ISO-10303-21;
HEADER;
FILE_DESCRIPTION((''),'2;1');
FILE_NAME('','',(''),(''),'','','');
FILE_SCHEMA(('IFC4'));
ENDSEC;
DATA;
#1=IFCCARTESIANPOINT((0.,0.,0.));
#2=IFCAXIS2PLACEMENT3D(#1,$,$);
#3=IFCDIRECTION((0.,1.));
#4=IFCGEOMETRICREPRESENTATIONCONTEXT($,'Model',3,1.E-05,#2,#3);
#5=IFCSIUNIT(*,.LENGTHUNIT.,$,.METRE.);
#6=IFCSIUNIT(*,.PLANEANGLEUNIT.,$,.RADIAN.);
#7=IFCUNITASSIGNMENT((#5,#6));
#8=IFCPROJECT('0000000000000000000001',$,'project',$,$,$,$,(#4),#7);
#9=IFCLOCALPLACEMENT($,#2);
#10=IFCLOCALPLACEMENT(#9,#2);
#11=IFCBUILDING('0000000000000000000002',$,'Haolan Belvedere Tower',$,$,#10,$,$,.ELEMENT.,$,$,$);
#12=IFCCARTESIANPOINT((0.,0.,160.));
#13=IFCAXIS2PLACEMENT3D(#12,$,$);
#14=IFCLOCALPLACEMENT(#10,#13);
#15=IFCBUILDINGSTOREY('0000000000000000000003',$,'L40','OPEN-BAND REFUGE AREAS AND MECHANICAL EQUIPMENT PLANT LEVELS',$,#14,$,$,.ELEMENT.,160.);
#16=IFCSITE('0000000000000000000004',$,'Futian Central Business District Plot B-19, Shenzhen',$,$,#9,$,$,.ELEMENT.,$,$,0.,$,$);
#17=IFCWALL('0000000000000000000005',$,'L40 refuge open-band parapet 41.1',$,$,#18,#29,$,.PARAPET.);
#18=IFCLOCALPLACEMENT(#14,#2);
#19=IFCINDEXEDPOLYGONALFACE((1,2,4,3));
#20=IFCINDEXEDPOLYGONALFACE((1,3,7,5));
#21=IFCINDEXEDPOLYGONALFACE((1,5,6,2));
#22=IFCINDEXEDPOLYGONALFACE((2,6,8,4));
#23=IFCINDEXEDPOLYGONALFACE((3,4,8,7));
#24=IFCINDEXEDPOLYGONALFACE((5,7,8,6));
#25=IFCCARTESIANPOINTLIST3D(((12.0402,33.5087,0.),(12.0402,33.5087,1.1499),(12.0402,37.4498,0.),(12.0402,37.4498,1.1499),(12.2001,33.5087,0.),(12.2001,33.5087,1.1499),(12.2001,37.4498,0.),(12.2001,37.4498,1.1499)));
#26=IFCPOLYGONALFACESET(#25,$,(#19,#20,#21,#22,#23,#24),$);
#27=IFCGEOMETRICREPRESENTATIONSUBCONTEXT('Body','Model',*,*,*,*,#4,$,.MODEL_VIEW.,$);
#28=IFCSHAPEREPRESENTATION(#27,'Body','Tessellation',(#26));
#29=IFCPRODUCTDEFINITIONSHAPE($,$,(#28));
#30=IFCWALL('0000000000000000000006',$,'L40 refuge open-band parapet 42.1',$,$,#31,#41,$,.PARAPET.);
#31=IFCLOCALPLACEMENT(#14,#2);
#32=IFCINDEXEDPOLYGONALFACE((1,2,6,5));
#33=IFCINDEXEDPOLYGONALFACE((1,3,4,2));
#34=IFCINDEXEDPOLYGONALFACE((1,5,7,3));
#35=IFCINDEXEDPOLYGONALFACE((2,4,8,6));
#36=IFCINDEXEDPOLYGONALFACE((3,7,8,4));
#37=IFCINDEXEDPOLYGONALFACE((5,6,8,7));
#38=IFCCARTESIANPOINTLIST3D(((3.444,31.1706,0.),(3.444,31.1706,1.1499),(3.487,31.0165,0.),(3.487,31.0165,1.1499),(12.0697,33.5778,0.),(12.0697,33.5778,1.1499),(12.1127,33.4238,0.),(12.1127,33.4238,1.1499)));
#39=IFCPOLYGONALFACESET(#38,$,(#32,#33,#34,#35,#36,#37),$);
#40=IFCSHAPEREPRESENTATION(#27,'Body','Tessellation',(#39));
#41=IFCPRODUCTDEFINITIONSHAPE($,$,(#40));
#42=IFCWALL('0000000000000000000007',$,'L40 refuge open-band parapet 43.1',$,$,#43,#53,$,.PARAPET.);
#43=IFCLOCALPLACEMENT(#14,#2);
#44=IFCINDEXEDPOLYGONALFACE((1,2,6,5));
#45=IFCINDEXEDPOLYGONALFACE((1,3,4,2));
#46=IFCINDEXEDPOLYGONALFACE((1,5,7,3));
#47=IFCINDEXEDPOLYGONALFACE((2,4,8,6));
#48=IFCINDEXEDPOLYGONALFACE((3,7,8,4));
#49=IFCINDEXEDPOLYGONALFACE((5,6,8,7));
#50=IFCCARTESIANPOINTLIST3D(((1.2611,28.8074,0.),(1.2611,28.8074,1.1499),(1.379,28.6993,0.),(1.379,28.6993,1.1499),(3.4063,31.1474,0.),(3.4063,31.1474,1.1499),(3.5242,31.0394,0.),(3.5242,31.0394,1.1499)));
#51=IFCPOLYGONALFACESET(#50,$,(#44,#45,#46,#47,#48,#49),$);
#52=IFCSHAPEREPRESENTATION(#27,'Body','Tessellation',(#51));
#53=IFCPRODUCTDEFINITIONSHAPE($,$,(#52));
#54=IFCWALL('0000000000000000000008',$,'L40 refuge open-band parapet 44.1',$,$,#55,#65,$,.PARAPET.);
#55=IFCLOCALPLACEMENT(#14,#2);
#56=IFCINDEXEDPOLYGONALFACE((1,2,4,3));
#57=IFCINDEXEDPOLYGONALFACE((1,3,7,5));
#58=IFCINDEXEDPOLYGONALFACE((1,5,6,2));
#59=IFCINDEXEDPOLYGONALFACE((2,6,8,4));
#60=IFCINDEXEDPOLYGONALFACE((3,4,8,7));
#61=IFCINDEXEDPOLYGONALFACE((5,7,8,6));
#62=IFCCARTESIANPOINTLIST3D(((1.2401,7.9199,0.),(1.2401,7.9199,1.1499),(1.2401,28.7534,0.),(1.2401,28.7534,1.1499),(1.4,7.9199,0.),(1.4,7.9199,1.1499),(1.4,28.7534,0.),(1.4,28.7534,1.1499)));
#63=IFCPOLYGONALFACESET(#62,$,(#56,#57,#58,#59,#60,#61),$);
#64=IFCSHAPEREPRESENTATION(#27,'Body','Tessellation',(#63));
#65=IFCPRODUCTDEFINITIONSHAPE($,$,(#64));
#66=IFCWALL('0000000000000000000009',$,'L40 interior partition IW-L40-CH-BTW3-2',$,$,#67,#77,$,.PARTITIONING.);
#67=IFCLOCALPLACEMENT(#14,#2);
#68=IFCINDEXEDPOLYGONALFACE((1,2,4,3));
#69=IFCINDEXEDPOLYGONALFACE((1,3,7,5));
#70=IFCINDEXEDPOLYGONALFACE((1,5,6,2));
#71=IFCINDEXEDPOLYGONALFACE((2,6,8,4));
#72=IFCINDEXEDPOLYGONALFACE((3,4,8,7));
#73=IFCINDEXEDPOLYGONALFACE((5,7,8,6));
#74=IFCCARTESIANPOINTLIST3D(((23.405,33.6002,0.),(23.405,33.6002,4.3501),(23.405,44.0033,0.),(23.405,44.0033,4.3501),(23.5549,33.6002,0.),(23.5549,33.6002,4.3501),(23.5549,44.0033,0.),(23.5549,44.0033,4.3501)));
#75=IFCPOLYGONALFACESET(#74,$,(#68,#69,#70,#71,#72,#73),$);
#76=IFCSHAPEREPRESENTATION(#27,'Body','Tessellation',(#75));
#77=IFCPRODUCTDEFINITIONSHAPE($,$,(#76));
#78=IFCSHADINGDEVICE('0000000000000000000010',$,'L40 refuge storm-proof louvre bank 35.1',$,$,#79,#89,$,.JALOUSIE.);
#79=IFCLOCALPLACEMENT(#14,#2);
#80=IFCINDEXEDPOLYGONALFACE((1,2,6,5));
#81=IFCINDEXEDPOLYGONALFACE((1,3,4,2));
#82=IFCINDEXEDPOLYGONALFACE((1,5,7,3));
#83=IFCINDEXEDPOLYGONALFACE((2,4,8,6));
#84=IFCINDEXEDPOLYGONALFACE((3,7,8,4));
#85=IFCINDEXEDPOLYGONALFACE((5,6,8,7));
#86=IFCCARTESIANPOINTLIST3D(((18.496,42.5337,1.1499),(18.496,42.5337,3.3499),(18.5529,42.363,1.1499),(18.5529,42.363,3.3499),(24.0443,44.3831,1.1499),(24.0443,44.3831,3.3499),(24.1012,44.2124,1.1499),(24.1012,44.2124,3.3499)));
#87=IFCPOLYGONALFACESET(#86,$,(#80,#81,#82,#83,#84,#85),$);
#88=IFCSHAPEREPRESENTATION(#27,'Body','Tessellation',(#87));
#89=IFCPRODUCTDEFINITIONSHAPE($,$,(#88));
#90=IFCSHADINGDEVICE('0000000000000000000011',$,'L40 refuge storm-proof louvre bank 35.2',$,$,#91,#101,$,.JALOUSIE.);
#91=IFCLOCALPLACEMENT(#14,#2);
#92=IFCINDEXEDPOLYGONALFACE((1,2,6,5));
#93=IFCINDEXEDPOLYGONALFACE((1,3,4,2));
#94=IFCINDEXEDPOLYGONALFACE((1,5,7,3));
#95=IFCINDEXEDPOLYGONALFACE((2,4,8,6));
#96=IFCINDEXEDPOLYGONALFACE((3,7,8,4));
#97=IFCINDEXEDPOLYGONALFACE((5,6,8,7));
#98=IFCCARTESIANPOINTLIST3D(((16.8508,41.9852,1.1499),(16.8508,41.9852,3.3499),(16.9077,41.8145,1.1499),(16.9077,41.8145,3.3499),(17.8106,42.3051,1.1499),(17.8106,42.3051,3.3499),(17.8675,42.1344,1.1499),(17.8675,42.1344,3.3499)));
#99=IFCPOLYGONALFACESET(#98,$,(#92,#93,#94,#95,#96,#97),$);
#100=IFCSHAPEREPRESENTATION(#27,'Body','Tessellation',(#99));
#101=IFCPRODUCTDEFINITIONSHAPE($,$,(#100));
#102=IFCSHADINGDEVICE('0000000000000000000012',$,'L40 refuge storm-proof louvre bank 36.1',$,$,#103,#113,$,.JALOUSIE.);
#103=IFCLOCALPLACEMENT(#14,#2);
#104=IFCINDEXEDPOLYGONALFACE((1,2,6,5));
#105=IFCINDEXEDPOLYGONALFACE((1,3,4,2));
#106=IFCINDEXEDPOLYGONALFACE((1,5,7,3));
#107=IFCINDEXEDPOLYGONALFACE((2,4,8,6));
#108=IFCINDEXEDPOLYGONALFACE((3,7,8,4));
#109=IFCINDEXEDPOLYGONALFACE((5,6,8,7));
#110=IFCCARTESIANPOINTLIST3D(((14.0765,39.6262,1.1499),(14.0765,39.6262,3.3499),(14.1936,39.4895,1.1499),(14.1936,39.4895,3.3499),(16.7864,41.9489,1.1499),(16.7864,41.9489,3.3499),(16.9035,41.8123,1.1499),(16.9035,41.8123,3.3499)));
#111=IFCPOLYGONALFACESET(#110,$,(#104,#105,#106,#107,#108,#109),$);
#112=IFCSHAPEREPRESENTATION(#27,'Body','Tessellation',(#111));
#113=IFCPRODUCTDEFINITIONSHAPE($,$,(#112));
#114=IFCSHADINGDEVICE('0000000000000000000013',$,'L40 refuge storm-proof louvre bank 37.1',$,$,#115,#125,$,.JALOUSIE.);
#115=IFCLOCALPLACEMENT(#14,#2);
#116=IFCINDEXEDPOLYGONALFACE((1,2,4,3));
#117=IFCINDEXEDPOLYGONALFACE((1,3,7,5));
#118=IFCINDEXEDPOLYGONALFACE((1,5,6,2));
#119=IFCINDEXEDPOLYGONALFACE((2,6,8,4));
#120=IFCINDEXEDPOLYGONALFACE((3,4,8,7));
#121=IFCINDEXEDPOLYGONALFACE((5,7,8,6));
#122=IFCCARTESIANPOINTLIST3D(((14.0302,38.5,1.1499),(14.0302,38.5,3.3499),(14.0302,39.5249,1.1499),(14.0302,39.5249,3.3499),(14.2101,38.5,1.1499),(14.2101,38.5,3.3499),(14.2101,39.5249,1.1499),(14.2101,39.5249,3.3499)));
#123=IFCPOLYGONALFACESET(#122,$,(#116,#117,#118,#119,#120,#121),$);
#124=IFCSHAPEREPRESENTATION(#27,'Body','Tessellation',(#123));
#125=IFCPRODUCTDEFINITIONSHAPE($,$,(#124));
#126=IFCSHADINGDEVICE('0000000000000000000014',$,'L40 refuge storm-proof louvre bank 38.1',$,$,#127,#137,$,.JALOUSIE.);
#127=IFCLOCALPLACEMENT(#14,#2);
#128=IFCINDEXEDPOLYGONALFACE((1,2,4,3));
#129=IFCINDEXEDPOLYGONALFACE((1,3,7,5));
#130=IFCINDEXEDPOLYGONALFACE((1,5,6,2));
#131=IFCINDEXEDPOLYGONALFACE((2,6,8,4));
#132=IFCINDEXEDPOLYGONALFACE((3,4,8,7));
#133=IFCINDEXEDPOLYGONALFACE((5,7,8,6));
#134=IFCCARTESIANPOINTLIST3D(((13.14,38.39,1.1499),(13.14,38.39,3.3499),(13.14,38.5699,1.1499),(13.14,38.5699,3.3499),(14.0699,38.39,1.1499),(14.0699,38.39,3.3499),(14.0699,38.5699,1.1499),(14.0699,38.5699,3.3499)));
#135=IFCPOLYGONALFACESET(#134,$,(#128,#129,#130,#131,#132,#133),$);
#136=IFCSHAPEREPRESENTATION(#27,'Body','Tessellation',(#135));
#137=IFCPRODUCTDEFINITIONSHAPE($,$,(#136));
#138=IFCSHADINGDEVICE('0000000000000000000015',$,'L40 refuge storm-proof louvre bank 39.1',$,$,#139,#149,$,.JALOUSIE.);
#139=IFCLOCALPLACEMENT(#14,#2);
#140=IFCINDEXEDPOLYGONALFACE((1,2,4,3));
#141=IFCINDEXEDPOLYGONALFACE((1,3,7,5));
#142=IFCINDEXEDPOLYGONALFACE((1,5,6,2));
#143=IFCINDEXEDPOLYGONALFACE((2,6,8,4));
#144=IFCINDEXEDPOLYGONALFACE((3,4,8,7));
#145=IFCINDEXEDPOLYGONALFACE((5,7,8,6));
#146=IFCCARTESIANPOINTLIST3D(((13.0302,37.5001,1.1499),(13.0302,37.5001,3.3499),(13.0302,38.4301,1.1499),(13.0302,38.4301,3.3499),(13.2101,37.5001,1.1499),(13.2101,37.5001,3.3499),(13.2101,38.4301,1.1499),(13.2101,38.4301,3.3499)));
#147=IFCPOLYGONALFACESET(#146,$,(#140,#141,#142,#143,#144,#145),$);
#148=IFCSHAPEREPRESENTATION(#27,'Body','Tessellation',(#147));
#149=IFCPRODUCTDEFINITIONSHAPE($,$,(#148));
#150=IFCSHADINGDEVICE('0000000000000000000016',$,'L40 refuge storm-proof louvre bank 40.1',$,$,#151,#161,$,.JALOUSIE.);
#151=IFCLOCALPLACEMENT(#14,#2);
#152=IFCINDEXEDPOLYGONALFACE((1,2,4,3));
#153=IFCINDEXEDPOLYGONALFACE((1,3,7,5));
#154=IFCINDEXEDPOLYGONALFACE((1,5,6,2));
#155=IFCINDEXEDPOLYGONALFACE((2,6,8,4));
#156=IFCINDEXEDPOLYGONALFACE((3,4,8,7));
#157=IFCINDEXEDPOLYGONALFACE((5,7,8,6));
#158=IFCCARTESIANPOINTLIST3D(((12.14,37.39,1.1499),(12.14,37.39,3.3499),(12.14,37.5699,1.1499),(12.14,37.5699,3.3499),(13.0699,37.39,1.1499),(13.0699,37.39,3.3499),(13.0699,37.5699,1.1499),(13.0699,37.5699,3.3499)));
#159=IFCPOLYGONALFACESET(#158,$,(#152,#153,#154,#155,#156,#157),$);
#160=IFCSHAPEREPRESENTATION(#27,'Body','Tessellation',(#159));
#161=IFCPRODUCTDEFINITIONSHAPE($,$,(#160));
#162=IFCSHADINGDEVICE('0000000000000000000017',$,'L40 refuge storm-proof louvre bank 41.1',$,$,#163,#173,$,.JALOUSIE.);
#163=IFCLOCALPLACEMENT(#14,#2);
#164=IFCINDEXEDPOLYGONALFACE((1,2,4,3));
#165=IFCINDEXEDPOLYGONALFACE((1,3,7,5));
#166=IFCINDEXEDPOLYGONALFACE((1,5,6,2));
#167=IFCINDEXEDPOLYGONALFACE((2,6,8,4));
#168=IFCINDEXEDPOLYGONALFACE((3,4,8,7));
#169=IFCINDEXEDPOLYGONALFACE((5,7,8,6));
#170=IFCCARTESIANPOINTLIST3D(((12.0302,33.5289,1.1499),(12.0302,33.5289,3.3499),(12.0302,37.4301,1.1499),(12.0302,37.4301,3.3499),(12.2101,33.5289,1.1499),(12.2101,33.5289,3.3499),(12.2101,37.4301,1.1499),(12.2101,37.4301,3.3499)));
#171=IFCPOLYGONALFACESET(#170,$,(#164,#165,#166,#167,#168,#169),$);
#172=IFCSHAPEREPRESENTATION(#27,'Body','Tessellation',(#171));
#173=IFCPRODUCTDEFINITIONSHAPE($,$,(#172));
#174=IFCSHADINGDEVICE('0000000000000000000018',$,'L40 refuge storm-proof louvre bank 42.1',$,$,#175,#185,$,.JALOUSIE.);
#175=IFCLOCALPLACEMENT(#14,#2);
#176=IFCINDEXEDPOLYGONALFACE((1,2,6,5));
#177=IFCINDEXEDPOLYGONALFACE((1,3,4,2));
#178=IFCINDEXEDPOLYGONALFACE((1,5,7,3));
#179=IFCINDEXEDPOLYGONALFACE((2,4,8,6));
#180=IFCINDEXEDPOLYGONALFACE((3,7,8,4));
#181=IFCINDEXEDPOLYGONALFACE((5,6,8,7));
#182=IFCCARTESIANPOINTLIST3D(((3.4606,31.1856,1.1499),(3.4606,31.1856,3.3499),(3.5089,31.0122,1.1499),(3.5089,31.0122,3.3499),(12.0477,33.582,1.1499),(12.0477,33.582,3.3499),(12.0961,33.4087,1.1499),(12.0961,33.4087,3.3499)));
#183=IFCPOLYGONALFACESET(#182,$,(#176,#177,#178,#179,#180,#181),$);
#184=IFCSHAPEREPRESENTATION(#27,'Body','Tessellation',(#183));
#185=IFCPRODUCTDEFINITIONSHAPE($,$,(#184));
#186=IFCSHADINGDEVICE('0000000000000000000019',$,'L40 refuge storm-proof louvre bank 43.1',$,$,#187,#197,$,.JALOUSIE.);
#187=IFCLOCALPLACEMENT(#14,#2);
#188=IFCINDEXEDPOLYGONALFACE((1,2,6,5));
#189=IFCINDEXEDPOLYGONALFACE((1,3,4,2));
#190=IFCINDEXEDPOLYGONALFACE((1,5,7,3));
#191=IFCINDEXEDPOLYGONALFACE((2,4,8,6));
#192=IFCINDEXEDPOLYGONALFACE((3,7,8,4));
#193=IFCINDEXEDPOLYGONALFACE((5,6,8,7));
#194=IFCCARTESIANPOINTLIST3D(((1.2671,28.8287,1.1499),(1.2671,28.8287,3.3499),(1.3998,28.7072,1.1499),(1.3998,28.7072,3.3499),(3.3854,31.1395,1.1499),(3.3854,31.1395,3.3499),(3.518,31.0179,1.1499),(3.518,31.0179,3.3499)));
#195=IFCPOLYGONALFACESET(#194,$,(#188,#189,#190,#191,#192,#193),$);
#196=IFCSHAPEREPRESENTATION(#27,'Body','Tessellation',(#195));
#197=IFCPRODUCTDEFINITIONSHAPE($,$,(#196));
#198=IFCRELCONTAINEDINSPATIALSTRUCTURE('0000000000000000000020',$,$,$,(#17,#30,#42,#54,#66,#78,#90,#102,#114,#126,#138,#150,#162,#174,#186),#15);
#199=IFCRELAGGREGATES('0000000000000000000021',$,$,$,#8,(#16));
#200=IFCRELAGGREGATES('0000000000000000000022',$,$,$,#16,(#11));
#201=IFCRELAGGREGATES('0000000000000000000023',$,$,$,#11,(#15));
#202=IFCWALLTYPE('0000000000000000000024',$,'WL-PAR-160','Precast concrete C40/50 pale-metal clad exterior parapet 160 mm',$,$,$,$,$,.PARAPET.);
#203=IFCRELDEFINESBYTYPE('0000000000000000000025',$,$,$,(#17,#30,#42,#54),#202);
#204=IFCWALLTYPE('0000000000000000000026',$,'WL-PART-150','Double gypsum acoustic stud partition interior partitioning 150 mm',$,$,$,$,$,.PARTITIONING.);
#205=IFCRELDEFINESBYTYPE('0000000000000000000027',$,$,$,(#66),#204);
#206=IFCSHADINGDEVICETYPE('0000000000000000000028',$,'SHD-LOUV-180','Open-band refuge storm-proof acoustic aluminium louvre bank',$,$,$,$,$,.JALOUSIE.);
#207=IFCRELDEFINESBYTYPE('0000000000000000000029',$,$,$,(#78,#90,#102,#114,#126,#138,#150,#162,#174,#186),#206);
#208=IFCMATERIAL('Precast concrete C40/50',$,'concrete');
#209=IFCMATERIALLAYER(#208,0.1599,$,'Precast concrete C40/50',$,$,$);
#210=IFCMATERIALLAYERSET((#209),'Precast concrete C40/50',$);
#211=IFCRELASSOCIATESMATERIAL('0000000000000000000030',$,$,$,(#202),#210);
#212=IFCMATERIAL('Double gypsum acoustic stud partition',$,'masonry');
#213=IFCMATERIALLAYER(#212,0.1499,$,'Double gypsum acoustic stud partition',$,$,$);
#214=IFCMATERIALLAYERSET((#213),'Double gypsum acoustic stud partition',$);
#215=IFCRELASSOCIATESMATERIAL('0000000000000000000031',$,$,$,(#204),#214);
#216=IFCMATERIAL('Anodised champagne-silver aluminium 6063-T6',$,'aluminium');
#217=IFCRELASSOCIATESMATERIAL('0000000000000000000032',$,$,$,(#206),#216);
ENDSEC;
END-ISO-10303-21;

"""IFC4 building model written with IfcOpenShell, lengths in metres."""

from ifc_helpers import new_model, si_unit, direction, frame, frame_2d, origin, origin_2d, place, context, subcontext, project, spatial, rectangle, extrude, material, layer, layer_set, type_object, element, save


model = new_model("IFC4")

# Units and contexts
model_context = context("Model", 3, precision=1e-05, world=origin(), true_north=direction((0.0, 1.0)))
body_context = subcontext(model_context, "Body", "Model", "MODEL_VIEW")
ifc_project = project(units=[si_unit("LENGTHUNIT", "METRE"), si_unit("PLANEANGLEUNIT", "RADIAN")], contexts=[model_context])

# Site, building, storey
site_placement = place(None, origin())
site = spatial("IfcSite", under=ifc_project, at=site_placement, Name="Futian Central Business District Plot B-19, Shenzhen", CompositionType="ELEMENT", RefElevation=0.0)
building_placement = place(site_placement, origin())
building = spatial("IfcBuilding", under=site, at=building_placement, Name="Haolan Belvedere Tower", CompositionType="ELEMENT")
storey_placement = place(building_placement, frame((0.0, 0.0, 160.0)))
storey = spatial("IfcBuildingStorey", under=building, at=storey_placement, Name="L40", Description="OPEN-BAND REFUGE AREAS AND MECHANICAL EQUIPMENT PLANT LEVELS", CompositionType="ELEMENT", Elevation=160.0)

# Walls
ifc_material_1 = material(Name="Precast concrete C40/50", Category="concrete")
ifc_layer_1 = layer(ifc_material_1, 0.1599, Name="Precast concrete C40/50")
ifc_layer_set_1 = layer_set([ifc_layer_1], Name="Precast concrete C40/50")
wall_type_1 = type_object("IfcWallType", Name="WL-PAR-160", Description="Precast concrete C40/50 pale-metal clad exterior parapet 160 mm", PredefinedType="PARAPET", material=ifc_layer_set_1)
wall_1_placement = place(storey_placement, frame((12.1201, 37.45, 0.0), z_axis=(0.0, 0.0, 1.0), x_axis=(0.0, -1.0, 0.0)))
element("IfcWall", 1, at=wall_1_placement, inside=storey, type_object=wall_type_1, Name="L40 refuge open-band parapet 41.1", PredefinedType="PARAPET", context=body_context, shape_type="SweptSolid", body=[
    extrude(rectangle(XDim=3.9412, YDim=0.1599, at=frame_2d((1.9707, 0.0))), origin(), (0.0, 0.0, 1.0), 1.1499),
])
wall_2_placement = place(storey_placement, frame((12.0911, 33.5007, 0.0), z_axis=(0.0, 0.0, 1.0), x_axis=(-0.963195, -0.268804, 0.0)))
element("IfcWall", 2, at=wall_2_placement, inside=storey, type_object=wall_type_1, Name="L40 refuge open-band parapet 42.1", PredefinedType="PARAPET", context=body_context, shape_type="SweptSolid", body=[
    extrude(rectangle(XDim=8.9553, YDim=0.1599, at=frame_2d((4.4775, 0.0))), origin(), (0.0, 0.0, 1.0), 1.1499),
])
wall_3_placement = place(storey_placement, frame((3.4653, 31.0935, 0.0), z_axis=(0.0, 0.0, 1.0), x_axis=(-0.675756, -0.737125, 0.0)))
element("IfcWall", 3, at=wall_3_placement, inside=storey, type_object=wall_type_1, Name="L40 refuge open-band parapet 43.1", PredefinedType="PARAPET", context=body_context, shape_type="SweptSolid", body=[
    extrude(rectangle(XDim=3.1746, YDim=0.1599, at=frame_2d((1.5874, 0.0))), origin(), (0.0, 0.0, 1.0), 1.1499),
])
wall_4_placement = place(storey_placement, frame((1.3201, 28.7534, 0.0), z_axis=(0.0, 0.0, 1.0), x_axis=(0.0, -1.0, 0.0)))
element("IfcWall", 4, at=wall_4_placement, inside=storey, type_object=wall_type_1, Name="L40 refuge open-band parapet 44.1", PredefinedType="PARAPET", context=body_context, shape_type="SweptSolid", body=[
    extrude(rectangle(XDim=20.8335, YDim=0.1599, at=frame_2d((10.4167, 0.0))), origin(), (0.0, 0.0, 1.0), 1.1499),
])
ifc_material_2 = material(Name="Double gypsum acoustic stud partition", Category="masonry")
ifc_layer_2 = layer(ifc_material_2, 0.1499, Name="Double gypsum acoustic stud partition")
ifc_layer_set_2 = layer_set([ifc_layer_2], Name="Double gypsum acoustic stud partition")
wall_type_2 = type_object("IfcWallType", Name="WL-PART-150", Description="Double gypsum acoustic stud partition interior partitioning 150 mm", PredefinedType="PARTITIONING", material=ifc_layer_set_2)
wall_5_placement = place(storey_placement, frame((23.48, 33.6001, 0.0), z_axis=(0.0, 0.0, 1.0), x_axis=(0.0, 1.0, 0.0)))
element("IfcWall", 5, at=wall_5_placement, inside=storey, type_object=wall_type_2, Name="L40 interior partition IW-L40-CH-BTW3-2", PredefinedType="PARTITIONING", context=body_context, shape_type="SweptSolid", body=[
    extrude(rectangle(XDim=10.4031, YDim=0.1499, at=frame_2d((5.2017, 0.0))), origin(), (0.0, 0.0, 1.0), 4.3501),
])

# Shading devices
ifc_material_3 = material(Name="Anodised champagne-silver aluminium 6063-T6", Category="aluminium")
shading_device_type = type_object("IfcShadingDeviceType", Name="SHD-LOUV-180", Description="Open-band refuge storm-proof acoustic aluminium louvre bank", PredefinedType="JALOUSIE", material=ifc_material_3)
shading_device_1_placement = place(storey_placement, frame((21.2986, 43.373, 1.1499), z_axis=(0.0, 0.0, 1.0), x_axis=(-0.948683, -0.316229, 0.0)))
element("IfcShadingDevice", 6, at=shading_device_1_placement, inside=storey, type_object=shading_device_type, Name="L40 refuge storm-proof louvre bank 35.1", PredefinedType="JALOUSIE", context=body_context, shape_type="SweptSolid", body=[
    extrude(rectangle(XDim=5.8484, YDim=0.1799, at=origin_2d()), origin(), (0.0, 0.0, 1.0), 2.2),
])
shading_device_2_placement = place(storey_placement, frame((17.3591, 42.0598, 1.1499), z_axis=(0.0, 0.0, 1.0), x_axis=(-0.948683, -0.316229, 0.0)))
element("IfcShadingDevice", 7, at=shading_device_2_placement, inside=storey, type_object=shading_device_type, Name="L40 refuge storm-proof louvre bank 35.2", PredefinedType="JALOUSIE", context=body_context, shape_type="SweptSolid", body=[
    extrude(rectangle(XDim=1.0117, YDim=0.1799, at=origin_2d()), origin(), (0.0, 0.0, 1.0), 2.2),
])
shading_device_3_placement = place(storey_placement, frame((15.49, 40.7192, 1.1499), z_axis=(0.0, 0.0, 1.0), x_axis=(-0.759249, -0.650801, 0.0)))
element("IfcShadingDevice", 8, at=shading_device_3_placement, inside=storey, type_object=shading_device_type, Name="L40 refuge storm-proof louvre bank 36.1", PredefinedType="JALOUSIE", context=body_context, shape_type="SweptSolid", body=[
    extrude(rectangle(XDim=3.5691, YDim=0.1799, at=origin_2d()), origin(), (0.0, 0.0, 1.0), 2.2),
])
shading_device_4_placement = place(storey_placement, frame((14.1201, 39.0125, 1.1499), z_axis=(0.0, 0.0, 1.0), x_axis=(0.0, -1.0, 0.0)))
element("IfcShadingDevice", 9, at=shading_device_4_placement, inside=storey, type_object=shading_device_type, Name="L40 refuge storm-proof louvre bank 37.1", PredefinedType="JALOUSIE", context=body_context, shape_type="SweptSolid", body=[
    extrude(rectangle(XDim=1.0249, YDim=0.1799, at=origin_2d()), origin(), (0.0, 0.0, 1.0), 2.2),
])
for number, where, z_axis, x_axis, name in (
    (10, (13.605, 38.48, 1.1499), (0.0, 0.0, 1.0), (-1.0, 0.0, 0.0), "L40 refuge storm-proof louvre bank 38.1"),
    (11, (13.1201, 37.9651, 1.1499), (0.0, 0.0, 1.0), (0.0, -1.0, 0.0), "L40 refuge storm-proof louvre bank 39.1"),
    (12, (12.605, 37.48, 1.1499), (0.0, 0.0, 1.0), (-1.0, 0.0, 0.0), "L40 refuge storm-proof louvre bank 40.1"),
):
    element("IfcShadingDevice", number, at=place(storey_placement, frame(where, z_axis=z_axis, x_axis=x_axis)), inside=storey, type_object=shading_device_type, Name=name, PredefinedType="JALOUSIE", context=body_context, shape_type="SweptSolid", body=[
        extrude(rectangle(XDim=0.9299, YDim=0.1799, at=origin_2d()), origin(), (0.0, 0.0, 1.0), 2.2),
    ])
shading_device_5_placement = place(storey_placement, frame((12.1201, 35.4795, 1.1499), z_axis=(0.0, 0.0, 1.0), x_axis=(0.0, -1.0, 0.0)))
element("IfcShadingDevice", 13, at=shading_device_5_placement, inside=storey, type_object=shading_device_type, Name="L40 refuge storm-proof louvre bank 41.1", PredefinedType="JALOUSIE", context=body_context, shape_type="SweptSolid", body=[
    extrude(rectangle(XDim=3.9011, YDim=0.1799, at=origin_2d()), origin(), (0.0, 0.0, 1.0), 2.2),
])
shading_device_6_placement = place(storey_placement, frame((7.7783, 32.2971, 1.1499), z_axis=(0.0, 0.0, 1.0), x_axis=(-0.963195, -0.268802, 0.0)))
element("IfcShadingDevice", 14, at=shading_device_6_placement, inside=storey, type_object=shading_device_type, Name="L40 refuge storm-proof louvre bank 42.1", PredefinedType="JALOUSIE", context=body_context, shape_type="SweptSolid", body=[
    extrude(rectangle(XDim=8.9153, YDim=0.1799, at=origin_2d()), origin(), (0.0, 0.0, 1.0), 2.2),
])
shading_device_7_placement = place(storey_placement, frame((2.3926, 29.9233, 1.1499), z_axis=(0.0, 0.0, 1.0), x_axis=(-0.675732, -0.737148, 0.0)))
element("IfcShadingDevice", 15, at=shading_device_7_placement, inside=storey, type_object=shading_device_type, Name="L40 refuge storm-proof louvre bank 43.1", PredefinedType="JALOUSIE", context=body_context, shape_type="SweptSolid", body=[
    extrude(rectangle(XDim=3.1348, YDim=0.1799, at=origin_2d()), origin(), (0.0, 0.0, 1.0), 2.2),
])

save(model, "model.ifc")
